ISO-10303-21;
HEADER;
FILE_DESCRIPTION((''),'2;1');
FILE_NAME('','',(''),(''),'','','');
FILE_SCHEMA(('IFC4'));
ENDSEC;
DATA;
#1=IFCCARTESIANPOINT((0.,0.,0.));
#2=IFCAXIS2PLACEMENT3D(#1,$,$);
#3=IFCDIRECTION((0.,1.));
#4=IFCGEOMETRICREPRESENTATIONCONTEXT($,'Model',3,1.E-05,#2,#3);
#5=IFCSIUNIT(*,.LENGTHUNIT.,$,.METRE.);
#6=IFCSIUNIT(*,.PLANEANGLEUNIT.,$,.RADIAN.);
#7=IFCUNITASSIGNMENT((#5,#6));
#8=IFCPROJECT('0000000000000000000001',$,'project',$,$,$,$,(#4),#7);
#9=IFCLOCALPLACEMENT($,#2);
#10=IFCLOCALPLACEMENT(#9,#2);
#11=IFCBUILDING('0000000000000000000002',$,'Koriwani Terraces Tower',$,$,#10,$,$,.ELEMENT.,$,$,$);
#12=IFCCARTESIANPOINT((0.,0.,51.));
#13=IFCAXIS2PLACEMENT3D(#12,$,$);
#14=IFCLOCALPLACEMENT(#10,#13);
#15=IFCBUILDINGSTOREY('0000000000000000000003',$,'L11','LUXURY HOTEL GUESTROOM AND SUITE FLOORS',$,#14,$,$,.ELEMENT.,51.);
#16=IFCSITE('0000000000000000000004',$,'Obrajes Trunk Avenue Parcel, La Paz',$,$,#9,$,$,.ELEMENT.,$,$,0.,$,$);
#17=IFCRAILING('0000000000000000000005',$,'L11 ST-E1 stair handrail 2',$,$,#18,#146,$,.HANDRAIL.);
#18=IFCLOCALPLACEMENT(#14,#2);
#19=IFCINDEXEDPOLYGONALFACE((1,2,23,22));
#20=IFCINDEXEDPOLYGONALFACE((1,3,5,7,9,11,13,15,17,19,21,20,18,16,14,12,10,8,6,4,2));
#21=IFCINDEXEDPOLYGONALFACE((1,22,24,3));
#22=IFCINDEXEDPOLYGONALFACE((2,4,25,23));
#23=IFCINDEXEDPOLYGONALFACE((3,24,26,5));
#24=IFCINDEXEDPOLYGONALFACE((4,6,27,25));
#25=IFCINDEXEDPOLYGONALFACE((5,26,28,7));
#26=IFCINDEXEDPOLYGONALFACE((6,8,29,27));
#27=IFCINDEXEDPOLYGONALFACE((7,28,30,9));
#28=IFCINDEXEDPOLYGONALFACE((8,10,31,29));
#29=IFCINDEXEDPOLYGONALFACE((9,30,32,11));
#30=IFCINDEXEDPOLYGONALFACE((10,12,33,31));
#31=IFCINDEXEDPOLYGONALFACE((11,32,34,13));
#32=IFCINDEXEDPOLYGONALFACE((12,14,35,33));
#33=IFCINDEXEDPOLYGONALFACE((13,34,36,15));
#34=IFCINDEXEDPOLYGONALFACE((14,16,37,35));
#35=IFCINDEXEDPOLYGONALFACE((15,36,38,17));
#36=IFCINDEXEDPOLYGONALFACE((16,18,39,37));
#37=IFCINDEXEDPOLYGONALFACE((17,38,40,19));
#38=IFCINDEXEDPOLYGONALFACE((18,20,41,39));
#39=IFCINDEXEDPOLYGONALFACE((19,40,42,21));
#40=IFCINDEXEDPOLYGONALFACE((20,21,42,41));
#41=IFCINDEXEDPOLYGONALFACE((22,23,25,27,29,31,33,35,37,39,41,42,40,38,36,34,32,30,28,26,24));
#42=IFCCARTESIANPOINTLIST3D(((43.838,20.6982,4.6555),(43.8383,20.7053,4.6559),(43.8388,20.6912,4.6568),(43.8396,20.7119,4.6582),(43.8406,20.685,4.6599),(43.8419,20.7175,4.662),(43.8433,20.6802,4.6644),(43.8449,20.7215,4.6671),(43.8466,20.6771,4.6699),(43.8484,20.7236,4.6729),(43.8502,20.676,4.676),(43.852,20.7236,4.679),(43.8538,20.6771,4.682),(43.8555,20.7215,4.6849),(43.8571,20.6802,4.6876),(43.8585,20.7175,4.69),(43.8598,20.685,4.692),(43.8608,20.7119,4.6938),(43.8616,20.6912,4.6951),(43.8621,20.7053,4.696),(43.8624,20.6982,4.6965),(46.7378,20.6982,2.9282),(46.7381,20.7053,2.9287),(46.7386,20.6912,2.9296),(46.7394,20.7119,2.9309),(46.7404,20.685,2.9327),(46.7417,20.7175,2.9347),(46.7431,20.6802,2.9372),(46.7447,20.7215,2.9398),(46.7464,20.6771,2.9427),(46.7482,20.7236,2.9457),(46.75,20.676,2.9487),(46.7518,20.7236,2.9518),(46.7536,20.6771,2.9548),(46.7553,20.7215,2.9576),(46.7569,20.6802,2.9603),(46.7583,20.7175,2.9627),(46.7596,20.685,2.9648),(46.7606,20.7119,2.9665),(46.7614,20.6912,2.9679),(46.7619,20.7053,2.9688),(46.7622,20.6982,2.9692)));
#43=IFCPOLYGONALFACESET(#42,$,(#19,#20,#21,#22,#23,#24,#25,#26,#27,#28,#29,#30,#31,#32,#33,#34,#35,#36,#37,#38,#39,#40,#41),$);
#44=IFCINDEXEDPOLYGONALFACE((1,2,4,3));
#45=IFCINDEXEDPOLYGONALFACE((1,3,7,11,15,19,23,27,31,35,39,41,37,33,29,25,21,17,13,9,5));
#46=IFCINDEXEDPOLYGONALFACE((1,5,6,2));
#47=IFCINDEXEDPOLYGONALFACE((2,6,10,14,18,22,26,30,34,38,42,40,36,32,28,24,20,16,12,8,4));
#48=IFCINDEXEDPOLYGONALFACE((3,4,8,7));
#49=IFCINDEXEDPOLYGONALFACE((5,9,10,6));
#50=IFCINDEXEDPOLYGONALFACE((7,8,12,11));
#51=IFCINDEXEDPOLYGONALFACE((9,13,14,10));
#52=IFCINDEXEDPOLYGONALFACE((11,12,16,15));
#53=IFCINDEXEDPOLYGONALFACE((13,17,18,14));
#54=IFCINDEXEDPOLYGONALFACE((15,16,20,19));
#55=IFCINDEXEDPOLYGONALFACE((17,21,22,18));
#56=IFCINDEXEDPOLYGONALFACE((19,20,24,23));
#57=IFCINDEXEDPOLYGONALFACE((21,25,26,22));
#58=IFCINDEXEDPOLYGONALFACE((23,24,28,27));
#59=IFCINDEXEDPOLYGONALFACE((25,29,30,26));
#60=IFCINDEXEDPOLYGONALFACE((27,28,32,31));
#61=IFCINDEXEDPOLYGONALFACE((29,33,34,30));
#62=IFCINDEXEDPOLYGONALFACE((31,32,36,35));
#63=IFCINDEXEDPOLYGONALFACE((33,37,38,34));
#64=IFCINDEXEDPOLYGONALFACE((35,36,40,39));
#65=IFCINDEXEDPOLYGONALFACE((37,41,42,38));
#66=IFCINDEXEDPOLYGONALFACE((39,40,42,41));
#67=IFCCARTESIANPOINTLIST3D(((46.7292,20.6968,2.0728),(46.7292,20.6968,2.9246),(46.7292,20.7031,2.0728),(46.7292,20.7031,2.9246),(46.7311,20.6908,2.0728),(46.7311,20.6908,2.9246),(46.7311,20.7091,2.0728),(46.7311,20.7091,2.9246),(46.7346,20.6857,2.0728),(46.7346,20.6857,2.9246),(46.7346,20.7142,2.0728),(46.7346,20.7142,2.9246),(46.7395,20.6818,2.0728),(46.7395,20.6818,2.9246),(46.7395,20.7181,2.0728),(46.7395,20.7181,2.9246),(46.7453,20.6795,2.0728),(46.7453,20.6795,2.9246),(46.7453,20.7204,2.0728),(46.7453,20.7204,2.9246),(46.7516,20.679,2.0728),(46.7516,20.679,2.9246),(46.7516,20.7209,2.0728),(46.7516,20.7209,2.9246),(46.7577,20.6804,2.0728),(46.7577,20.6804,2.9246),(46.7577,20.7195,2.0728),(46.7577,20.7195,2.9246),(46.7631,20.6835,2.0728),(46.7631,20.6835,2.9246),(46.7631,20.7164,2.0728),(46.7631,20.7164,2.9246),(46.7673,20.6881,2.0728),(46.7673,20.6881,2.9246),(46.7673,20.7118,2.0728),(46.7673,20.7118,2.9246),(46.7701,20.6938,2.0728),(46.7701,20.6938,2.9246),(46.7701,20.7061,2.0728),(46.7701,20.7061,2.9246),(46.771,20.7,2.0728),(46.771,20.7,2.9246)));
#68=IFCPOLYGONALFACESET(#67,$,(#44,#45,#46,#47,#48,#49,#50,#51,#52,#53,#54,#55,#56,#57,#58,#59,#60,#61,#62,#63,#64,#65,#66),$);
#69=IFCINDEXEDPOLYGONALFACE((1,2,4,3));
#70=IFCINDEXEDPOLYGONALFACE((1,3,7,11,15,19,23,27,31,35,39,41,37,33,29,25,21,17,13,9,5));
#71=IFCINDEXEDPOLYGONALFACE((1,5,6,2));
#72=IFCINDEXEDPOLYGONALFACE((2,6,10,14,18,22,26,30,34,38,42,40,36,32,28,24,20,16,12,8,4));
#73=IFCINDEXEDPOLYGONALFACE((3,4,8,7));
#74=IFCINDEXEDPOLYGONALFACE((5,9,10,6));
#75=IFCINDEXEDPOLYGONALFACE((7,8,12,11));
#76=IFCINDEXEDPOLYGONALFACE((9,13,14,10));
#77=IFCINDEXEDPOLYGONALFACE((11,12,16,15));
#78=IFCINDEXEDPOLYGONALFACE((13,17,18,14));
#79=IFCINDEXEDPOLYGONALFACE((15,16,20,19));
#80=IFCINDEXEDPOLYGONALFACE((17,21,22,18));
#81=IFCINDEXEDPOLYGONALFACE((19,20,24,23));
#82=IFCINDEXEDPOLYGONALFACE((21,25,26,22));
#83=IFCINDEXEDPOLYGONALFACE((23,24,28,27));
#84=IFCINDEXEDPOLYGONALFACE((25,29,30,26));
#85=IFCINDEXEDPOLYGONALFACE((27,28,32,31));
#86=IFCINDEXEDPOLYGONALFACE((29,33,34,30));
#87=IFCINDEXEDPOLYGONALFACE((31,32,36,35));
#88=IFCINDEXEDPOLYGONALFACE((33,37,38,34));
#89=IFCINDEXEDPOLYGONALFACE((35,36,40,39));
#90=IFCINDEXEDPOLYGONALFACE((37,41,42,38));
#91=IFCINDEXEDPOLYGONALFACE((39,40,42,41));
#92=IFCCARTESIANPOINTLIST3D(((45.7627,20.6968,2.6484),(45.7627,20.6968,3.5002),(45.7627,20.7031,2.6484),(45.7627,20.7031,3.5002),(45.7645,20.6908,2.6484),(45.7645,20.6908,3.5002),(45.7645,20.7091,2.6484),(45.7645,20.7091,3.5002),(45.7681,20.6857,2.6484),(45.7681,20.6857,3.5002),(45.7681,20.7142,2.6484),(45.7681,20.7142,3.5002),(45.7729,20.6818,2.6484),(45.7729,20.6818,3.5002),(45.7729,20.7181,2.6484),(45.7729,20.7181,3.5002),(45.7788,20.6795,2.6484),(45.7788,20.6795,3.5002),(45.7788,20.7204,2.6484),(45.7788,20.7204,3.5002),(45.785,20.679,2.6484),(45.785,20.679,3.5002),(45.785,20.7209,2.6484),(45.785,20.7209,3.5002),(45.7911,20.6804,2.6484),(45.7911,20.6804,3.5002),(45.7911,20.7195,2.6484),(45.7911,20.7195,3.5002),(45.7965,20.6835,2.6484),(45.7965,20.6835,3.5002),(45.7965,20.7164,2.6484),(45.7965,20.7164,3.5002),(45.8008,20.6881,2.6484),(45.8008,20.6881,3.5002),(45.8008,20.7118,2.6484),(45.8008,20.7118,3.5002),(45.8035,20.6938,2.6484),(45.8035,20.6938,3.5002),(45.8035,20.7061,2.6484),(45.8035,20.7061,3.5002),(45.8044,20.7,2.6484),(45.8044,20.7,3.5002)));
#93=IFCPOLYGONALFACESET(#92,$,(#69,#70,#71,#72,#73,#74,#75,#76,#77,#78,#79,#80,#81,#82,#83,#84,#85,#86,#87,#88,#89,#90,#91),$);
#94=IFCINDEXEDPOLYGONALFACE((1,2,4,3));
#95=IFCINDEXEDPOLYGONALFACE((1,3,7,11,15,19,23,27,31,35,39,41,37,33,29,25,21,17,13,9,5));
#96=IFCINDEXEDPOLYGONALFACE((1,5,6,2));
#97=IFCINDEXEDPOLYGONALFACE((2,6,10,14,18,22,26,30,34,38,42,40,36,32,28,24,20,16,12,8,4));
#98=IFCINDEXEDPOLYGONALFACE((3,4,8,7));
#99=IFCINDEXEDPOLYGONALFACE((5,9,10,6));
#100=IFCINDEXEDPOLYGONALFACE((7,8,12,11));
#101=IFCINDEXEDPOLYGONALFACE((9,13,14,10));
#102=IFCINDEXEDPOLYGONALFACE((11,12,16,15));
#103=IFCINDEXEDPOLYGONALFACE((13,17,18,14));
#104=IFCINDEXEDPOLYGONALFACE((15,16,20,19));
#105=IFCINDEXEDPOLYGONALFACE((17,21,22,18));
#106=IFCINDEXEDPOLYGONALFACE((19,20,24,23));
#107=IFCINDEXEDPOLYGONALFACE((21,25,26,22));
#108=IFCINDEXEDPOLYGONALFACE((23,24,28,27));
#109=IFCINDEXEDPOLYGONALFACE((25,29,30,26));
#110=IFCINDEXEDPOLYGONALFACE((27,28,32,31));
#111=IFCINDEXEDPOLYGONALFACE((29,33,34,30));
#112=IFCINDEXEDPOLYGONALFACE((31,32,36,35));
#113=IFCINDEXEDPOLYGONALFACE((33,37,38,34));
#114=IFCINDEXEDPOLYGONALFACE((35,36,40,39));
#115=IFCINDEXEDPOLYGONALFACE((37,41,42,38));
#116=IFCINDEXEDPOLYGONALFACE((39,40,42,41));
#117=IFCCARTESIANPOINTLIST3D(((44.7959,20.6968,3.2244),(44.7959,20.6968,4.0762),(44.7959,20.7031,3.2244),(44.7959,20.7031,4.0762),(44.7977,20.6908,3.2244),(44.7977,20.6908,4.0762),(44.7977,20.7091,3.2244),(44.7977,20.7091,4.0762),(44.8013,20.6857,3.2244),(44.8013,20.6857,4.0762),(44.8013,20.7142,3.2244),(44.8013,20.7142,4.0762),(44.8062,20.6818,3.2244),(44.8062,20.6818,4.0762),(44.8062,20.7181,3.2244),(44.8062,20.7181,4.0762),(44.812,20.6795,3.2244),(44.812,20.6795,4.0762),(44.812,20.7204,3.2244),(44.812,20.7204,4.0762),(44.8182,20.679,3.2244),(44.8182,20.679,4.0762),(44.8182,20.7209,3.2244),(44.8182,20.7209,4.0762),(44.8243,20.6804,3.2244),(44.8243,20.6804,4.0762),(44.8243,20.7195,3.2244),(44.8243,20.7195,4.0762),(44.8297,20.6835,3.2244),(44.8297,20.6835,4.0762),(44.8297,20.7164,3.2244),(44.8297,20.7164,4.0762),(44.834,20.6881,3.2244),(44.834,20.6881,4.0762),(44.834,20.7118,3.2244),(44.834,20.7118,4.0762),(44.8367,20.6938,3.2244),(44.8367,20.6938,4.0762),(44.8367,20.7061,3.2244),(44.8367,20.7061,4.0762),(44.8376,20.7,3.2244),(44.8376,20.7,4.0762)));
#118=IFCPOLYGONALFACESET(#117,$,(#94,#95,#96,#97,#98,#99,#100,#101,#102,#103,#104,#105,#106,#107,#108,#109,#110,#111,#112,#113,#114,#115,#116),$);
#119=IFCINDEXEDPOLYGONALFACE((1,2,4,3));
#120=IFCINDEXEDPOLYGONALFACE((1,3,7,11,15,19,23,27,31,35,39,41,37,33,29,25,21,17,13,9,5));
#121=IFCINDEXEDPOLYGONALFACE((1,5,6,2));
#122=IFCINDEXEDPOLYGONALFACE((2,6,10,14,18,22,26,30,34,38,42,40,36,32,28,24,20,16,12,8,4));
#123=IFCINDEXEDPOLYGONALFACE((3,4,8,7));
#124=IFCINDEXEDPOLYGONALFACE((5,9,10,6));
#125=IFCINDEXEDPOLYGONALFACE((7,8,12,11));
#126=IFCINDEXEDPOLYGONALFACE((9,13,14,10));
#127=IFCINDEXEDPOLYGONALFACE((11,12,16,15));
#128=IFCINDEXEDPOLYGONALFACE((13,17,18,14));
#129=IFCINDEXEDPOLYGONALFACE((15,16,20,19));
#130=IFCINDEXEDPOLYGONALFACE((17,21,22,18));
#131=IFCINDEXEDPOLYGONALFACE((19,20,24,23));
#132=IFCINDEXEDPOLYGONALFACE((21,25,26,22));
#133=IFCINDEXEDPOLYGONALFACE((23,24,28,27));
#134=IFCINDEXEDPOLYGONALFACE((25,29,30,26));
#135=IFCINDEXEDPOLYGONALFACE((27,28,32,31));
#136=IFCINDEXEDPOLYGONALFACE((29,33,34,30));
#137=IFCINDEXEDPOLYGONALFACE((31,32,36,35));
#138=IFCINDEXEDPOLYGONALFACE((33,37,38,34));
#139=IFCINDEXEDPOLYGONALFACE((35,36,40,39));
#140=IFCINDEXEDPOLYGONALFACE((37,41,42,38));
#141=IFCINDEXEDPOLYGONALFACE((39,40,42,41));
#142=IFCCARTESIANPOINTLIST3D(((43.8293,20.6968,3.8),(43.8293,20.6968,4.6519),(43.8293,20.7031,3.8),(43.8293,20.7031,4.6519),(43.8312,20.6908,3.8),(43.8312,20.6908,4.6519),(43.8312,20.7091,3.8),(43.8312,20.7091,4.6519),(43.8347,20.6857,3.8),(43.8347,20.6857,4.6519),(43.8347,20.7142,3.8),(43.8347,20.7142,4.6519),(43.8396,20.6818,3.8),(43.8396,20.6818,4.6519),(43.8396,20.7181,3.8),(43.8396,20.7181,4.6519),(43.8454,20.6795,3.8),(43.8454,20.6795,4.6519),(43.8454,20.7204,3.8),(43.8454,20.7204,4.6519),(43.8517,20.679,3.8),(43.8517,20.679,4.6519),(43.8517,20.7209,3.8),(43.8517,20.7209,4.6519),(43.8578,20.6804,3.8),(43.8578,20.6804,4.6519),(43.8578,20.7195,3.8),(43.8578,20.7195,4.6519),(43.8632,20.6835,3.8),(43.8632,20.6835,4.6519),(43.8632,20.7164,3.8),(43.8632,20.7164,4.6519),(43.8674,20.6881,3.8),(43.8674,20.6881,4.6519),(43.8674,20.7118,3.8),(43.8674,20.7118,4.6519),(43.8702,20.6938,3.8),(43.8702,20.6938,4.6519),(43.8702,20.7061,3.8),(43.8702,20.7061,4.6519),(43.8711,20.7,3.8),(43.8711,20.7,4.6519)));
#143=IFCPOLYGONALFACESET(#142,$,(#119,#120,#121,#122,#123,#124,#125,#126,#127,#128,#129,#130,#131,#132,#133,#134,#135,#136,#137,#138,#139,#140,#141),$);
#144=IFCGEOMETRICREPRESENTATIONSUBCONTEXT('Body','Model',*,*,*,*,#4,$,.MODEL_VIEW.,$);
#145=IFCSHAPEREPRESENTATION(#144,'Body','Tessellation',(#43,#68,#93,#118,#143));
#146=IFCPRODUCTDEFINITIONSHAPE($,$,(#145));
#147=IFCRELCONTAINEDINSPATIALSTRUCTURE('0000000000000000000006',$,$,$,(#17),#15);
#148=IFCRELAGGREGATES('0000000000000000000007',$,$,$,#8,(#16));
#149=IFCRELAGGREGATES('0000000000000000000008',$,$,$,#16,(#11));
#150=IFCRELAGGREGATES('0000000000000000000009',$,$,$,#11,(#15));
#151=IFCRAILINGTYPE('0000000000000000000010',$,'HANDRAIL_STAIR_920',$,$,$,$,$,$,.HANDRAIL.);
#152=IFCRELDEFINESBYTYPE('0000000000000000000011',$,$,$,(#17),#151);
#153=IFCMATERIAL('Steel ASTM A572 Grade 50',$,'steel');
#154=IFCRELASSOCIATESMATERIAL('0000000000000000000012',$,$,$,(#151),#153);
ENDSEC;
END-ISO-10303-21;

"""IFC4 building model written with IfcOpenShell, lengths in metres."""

from ifc_helpers import new_model, si_unit, direction, frame, origin, origin_2d, place, context, subcontext, project, spatial, circle, extrude, material, type_object, element, save


model = new_model("IFC4")

# Units and contexts
model_context = context("Model", 3, precision=1e-05, world=origin(), true_north=direction((0.0, 1.0)))
body_context = subcontext(model_context, "Body", "Model", "MODEL_VIEW")
ifc_project = project(units=[si_unit("LENGTHUNIT", "METRE"), si_unit("PLANEANGLEUNIT", "RADIAN")], contexts=[model_context])

# Site, building, storey
site_placement = place(None, origin())
site = spatial("IfcSite", under=ifc_project, at=site_placement, Name="Obrajes Trunk Avenue Parcel, La Paz", CompositionType="ELEMENT", RefElevation=0.0)
building_placement = place(site_placement, origin())
building = spatial("IfcBuilding", under=site, at=building_placement, Name="Koriwani Terraces Tower", CompositionType="ELEMENT")
storey_placement = place(building_placement, frame((0.0, 0.0, 51.0)))
storey = spatial("IfcBuildingStorey", under=building, at=storey_placement, Name="L11", Description="LUXURY HOTEL GUESTROOM AND SUITE FLOORS", CompositionType="ELEMENT", Elevation=51.0)

# Shared definitions
ifc_material_1 = material(Name="Steel ASTM A572 Grade 50", Category="steel")

# Railing
railing_type_1 = type_object("IfcRailingType", Name="HANDRAIL_STAIR_920", PredefinedType="HANDRAIL", material=ifc_material_1)
railing_1_placement = place(storey_placement, frame((46.75, 20.7, 2.0728)))
element("IfcRailing", 1, at=railing_1_placement, inside=storey, type_object=railing_type_1, Name="L11 ST-E1 stair handrail 2", PredefinedType="HANDRAIL", context=body_context, shape_type="SweptSolid", body=[
    extrude(circle(Radius=0.0239, at=origin_2d()), frame((0.0, 0.0, 0.876), z_axis=(-0.859141, 0.0, 0.511738), x_axis=(0.0, -1.0, 0.0)), (0.0, 0.0, 1.0), 3.3752),
    extrude(circle(Radius=0.021, at=origin_2d()), origin(), (0.0, 0.0, 1.0), 0.8518),
    extrude(circle(Radius=0.021, at=origin_2d()), frame((-0.9666, 0.0, 0.5757)), (0.0, 0.0, 1.0), 0.8518),
    extrude(circle(Radius=0.021, at=origin_2d()), frame((-1.9333, 0.0, 1.1516)), (0.0, 0.0, 1.0), 0.8518),
    extrude(circle(Radius=0.021, at=origin_2d()), frame((-2.8999, 0.0, 1.7273)), (0.0, 0.0, 1.0), 0.8518),
])

save(model, "model.ifc")
